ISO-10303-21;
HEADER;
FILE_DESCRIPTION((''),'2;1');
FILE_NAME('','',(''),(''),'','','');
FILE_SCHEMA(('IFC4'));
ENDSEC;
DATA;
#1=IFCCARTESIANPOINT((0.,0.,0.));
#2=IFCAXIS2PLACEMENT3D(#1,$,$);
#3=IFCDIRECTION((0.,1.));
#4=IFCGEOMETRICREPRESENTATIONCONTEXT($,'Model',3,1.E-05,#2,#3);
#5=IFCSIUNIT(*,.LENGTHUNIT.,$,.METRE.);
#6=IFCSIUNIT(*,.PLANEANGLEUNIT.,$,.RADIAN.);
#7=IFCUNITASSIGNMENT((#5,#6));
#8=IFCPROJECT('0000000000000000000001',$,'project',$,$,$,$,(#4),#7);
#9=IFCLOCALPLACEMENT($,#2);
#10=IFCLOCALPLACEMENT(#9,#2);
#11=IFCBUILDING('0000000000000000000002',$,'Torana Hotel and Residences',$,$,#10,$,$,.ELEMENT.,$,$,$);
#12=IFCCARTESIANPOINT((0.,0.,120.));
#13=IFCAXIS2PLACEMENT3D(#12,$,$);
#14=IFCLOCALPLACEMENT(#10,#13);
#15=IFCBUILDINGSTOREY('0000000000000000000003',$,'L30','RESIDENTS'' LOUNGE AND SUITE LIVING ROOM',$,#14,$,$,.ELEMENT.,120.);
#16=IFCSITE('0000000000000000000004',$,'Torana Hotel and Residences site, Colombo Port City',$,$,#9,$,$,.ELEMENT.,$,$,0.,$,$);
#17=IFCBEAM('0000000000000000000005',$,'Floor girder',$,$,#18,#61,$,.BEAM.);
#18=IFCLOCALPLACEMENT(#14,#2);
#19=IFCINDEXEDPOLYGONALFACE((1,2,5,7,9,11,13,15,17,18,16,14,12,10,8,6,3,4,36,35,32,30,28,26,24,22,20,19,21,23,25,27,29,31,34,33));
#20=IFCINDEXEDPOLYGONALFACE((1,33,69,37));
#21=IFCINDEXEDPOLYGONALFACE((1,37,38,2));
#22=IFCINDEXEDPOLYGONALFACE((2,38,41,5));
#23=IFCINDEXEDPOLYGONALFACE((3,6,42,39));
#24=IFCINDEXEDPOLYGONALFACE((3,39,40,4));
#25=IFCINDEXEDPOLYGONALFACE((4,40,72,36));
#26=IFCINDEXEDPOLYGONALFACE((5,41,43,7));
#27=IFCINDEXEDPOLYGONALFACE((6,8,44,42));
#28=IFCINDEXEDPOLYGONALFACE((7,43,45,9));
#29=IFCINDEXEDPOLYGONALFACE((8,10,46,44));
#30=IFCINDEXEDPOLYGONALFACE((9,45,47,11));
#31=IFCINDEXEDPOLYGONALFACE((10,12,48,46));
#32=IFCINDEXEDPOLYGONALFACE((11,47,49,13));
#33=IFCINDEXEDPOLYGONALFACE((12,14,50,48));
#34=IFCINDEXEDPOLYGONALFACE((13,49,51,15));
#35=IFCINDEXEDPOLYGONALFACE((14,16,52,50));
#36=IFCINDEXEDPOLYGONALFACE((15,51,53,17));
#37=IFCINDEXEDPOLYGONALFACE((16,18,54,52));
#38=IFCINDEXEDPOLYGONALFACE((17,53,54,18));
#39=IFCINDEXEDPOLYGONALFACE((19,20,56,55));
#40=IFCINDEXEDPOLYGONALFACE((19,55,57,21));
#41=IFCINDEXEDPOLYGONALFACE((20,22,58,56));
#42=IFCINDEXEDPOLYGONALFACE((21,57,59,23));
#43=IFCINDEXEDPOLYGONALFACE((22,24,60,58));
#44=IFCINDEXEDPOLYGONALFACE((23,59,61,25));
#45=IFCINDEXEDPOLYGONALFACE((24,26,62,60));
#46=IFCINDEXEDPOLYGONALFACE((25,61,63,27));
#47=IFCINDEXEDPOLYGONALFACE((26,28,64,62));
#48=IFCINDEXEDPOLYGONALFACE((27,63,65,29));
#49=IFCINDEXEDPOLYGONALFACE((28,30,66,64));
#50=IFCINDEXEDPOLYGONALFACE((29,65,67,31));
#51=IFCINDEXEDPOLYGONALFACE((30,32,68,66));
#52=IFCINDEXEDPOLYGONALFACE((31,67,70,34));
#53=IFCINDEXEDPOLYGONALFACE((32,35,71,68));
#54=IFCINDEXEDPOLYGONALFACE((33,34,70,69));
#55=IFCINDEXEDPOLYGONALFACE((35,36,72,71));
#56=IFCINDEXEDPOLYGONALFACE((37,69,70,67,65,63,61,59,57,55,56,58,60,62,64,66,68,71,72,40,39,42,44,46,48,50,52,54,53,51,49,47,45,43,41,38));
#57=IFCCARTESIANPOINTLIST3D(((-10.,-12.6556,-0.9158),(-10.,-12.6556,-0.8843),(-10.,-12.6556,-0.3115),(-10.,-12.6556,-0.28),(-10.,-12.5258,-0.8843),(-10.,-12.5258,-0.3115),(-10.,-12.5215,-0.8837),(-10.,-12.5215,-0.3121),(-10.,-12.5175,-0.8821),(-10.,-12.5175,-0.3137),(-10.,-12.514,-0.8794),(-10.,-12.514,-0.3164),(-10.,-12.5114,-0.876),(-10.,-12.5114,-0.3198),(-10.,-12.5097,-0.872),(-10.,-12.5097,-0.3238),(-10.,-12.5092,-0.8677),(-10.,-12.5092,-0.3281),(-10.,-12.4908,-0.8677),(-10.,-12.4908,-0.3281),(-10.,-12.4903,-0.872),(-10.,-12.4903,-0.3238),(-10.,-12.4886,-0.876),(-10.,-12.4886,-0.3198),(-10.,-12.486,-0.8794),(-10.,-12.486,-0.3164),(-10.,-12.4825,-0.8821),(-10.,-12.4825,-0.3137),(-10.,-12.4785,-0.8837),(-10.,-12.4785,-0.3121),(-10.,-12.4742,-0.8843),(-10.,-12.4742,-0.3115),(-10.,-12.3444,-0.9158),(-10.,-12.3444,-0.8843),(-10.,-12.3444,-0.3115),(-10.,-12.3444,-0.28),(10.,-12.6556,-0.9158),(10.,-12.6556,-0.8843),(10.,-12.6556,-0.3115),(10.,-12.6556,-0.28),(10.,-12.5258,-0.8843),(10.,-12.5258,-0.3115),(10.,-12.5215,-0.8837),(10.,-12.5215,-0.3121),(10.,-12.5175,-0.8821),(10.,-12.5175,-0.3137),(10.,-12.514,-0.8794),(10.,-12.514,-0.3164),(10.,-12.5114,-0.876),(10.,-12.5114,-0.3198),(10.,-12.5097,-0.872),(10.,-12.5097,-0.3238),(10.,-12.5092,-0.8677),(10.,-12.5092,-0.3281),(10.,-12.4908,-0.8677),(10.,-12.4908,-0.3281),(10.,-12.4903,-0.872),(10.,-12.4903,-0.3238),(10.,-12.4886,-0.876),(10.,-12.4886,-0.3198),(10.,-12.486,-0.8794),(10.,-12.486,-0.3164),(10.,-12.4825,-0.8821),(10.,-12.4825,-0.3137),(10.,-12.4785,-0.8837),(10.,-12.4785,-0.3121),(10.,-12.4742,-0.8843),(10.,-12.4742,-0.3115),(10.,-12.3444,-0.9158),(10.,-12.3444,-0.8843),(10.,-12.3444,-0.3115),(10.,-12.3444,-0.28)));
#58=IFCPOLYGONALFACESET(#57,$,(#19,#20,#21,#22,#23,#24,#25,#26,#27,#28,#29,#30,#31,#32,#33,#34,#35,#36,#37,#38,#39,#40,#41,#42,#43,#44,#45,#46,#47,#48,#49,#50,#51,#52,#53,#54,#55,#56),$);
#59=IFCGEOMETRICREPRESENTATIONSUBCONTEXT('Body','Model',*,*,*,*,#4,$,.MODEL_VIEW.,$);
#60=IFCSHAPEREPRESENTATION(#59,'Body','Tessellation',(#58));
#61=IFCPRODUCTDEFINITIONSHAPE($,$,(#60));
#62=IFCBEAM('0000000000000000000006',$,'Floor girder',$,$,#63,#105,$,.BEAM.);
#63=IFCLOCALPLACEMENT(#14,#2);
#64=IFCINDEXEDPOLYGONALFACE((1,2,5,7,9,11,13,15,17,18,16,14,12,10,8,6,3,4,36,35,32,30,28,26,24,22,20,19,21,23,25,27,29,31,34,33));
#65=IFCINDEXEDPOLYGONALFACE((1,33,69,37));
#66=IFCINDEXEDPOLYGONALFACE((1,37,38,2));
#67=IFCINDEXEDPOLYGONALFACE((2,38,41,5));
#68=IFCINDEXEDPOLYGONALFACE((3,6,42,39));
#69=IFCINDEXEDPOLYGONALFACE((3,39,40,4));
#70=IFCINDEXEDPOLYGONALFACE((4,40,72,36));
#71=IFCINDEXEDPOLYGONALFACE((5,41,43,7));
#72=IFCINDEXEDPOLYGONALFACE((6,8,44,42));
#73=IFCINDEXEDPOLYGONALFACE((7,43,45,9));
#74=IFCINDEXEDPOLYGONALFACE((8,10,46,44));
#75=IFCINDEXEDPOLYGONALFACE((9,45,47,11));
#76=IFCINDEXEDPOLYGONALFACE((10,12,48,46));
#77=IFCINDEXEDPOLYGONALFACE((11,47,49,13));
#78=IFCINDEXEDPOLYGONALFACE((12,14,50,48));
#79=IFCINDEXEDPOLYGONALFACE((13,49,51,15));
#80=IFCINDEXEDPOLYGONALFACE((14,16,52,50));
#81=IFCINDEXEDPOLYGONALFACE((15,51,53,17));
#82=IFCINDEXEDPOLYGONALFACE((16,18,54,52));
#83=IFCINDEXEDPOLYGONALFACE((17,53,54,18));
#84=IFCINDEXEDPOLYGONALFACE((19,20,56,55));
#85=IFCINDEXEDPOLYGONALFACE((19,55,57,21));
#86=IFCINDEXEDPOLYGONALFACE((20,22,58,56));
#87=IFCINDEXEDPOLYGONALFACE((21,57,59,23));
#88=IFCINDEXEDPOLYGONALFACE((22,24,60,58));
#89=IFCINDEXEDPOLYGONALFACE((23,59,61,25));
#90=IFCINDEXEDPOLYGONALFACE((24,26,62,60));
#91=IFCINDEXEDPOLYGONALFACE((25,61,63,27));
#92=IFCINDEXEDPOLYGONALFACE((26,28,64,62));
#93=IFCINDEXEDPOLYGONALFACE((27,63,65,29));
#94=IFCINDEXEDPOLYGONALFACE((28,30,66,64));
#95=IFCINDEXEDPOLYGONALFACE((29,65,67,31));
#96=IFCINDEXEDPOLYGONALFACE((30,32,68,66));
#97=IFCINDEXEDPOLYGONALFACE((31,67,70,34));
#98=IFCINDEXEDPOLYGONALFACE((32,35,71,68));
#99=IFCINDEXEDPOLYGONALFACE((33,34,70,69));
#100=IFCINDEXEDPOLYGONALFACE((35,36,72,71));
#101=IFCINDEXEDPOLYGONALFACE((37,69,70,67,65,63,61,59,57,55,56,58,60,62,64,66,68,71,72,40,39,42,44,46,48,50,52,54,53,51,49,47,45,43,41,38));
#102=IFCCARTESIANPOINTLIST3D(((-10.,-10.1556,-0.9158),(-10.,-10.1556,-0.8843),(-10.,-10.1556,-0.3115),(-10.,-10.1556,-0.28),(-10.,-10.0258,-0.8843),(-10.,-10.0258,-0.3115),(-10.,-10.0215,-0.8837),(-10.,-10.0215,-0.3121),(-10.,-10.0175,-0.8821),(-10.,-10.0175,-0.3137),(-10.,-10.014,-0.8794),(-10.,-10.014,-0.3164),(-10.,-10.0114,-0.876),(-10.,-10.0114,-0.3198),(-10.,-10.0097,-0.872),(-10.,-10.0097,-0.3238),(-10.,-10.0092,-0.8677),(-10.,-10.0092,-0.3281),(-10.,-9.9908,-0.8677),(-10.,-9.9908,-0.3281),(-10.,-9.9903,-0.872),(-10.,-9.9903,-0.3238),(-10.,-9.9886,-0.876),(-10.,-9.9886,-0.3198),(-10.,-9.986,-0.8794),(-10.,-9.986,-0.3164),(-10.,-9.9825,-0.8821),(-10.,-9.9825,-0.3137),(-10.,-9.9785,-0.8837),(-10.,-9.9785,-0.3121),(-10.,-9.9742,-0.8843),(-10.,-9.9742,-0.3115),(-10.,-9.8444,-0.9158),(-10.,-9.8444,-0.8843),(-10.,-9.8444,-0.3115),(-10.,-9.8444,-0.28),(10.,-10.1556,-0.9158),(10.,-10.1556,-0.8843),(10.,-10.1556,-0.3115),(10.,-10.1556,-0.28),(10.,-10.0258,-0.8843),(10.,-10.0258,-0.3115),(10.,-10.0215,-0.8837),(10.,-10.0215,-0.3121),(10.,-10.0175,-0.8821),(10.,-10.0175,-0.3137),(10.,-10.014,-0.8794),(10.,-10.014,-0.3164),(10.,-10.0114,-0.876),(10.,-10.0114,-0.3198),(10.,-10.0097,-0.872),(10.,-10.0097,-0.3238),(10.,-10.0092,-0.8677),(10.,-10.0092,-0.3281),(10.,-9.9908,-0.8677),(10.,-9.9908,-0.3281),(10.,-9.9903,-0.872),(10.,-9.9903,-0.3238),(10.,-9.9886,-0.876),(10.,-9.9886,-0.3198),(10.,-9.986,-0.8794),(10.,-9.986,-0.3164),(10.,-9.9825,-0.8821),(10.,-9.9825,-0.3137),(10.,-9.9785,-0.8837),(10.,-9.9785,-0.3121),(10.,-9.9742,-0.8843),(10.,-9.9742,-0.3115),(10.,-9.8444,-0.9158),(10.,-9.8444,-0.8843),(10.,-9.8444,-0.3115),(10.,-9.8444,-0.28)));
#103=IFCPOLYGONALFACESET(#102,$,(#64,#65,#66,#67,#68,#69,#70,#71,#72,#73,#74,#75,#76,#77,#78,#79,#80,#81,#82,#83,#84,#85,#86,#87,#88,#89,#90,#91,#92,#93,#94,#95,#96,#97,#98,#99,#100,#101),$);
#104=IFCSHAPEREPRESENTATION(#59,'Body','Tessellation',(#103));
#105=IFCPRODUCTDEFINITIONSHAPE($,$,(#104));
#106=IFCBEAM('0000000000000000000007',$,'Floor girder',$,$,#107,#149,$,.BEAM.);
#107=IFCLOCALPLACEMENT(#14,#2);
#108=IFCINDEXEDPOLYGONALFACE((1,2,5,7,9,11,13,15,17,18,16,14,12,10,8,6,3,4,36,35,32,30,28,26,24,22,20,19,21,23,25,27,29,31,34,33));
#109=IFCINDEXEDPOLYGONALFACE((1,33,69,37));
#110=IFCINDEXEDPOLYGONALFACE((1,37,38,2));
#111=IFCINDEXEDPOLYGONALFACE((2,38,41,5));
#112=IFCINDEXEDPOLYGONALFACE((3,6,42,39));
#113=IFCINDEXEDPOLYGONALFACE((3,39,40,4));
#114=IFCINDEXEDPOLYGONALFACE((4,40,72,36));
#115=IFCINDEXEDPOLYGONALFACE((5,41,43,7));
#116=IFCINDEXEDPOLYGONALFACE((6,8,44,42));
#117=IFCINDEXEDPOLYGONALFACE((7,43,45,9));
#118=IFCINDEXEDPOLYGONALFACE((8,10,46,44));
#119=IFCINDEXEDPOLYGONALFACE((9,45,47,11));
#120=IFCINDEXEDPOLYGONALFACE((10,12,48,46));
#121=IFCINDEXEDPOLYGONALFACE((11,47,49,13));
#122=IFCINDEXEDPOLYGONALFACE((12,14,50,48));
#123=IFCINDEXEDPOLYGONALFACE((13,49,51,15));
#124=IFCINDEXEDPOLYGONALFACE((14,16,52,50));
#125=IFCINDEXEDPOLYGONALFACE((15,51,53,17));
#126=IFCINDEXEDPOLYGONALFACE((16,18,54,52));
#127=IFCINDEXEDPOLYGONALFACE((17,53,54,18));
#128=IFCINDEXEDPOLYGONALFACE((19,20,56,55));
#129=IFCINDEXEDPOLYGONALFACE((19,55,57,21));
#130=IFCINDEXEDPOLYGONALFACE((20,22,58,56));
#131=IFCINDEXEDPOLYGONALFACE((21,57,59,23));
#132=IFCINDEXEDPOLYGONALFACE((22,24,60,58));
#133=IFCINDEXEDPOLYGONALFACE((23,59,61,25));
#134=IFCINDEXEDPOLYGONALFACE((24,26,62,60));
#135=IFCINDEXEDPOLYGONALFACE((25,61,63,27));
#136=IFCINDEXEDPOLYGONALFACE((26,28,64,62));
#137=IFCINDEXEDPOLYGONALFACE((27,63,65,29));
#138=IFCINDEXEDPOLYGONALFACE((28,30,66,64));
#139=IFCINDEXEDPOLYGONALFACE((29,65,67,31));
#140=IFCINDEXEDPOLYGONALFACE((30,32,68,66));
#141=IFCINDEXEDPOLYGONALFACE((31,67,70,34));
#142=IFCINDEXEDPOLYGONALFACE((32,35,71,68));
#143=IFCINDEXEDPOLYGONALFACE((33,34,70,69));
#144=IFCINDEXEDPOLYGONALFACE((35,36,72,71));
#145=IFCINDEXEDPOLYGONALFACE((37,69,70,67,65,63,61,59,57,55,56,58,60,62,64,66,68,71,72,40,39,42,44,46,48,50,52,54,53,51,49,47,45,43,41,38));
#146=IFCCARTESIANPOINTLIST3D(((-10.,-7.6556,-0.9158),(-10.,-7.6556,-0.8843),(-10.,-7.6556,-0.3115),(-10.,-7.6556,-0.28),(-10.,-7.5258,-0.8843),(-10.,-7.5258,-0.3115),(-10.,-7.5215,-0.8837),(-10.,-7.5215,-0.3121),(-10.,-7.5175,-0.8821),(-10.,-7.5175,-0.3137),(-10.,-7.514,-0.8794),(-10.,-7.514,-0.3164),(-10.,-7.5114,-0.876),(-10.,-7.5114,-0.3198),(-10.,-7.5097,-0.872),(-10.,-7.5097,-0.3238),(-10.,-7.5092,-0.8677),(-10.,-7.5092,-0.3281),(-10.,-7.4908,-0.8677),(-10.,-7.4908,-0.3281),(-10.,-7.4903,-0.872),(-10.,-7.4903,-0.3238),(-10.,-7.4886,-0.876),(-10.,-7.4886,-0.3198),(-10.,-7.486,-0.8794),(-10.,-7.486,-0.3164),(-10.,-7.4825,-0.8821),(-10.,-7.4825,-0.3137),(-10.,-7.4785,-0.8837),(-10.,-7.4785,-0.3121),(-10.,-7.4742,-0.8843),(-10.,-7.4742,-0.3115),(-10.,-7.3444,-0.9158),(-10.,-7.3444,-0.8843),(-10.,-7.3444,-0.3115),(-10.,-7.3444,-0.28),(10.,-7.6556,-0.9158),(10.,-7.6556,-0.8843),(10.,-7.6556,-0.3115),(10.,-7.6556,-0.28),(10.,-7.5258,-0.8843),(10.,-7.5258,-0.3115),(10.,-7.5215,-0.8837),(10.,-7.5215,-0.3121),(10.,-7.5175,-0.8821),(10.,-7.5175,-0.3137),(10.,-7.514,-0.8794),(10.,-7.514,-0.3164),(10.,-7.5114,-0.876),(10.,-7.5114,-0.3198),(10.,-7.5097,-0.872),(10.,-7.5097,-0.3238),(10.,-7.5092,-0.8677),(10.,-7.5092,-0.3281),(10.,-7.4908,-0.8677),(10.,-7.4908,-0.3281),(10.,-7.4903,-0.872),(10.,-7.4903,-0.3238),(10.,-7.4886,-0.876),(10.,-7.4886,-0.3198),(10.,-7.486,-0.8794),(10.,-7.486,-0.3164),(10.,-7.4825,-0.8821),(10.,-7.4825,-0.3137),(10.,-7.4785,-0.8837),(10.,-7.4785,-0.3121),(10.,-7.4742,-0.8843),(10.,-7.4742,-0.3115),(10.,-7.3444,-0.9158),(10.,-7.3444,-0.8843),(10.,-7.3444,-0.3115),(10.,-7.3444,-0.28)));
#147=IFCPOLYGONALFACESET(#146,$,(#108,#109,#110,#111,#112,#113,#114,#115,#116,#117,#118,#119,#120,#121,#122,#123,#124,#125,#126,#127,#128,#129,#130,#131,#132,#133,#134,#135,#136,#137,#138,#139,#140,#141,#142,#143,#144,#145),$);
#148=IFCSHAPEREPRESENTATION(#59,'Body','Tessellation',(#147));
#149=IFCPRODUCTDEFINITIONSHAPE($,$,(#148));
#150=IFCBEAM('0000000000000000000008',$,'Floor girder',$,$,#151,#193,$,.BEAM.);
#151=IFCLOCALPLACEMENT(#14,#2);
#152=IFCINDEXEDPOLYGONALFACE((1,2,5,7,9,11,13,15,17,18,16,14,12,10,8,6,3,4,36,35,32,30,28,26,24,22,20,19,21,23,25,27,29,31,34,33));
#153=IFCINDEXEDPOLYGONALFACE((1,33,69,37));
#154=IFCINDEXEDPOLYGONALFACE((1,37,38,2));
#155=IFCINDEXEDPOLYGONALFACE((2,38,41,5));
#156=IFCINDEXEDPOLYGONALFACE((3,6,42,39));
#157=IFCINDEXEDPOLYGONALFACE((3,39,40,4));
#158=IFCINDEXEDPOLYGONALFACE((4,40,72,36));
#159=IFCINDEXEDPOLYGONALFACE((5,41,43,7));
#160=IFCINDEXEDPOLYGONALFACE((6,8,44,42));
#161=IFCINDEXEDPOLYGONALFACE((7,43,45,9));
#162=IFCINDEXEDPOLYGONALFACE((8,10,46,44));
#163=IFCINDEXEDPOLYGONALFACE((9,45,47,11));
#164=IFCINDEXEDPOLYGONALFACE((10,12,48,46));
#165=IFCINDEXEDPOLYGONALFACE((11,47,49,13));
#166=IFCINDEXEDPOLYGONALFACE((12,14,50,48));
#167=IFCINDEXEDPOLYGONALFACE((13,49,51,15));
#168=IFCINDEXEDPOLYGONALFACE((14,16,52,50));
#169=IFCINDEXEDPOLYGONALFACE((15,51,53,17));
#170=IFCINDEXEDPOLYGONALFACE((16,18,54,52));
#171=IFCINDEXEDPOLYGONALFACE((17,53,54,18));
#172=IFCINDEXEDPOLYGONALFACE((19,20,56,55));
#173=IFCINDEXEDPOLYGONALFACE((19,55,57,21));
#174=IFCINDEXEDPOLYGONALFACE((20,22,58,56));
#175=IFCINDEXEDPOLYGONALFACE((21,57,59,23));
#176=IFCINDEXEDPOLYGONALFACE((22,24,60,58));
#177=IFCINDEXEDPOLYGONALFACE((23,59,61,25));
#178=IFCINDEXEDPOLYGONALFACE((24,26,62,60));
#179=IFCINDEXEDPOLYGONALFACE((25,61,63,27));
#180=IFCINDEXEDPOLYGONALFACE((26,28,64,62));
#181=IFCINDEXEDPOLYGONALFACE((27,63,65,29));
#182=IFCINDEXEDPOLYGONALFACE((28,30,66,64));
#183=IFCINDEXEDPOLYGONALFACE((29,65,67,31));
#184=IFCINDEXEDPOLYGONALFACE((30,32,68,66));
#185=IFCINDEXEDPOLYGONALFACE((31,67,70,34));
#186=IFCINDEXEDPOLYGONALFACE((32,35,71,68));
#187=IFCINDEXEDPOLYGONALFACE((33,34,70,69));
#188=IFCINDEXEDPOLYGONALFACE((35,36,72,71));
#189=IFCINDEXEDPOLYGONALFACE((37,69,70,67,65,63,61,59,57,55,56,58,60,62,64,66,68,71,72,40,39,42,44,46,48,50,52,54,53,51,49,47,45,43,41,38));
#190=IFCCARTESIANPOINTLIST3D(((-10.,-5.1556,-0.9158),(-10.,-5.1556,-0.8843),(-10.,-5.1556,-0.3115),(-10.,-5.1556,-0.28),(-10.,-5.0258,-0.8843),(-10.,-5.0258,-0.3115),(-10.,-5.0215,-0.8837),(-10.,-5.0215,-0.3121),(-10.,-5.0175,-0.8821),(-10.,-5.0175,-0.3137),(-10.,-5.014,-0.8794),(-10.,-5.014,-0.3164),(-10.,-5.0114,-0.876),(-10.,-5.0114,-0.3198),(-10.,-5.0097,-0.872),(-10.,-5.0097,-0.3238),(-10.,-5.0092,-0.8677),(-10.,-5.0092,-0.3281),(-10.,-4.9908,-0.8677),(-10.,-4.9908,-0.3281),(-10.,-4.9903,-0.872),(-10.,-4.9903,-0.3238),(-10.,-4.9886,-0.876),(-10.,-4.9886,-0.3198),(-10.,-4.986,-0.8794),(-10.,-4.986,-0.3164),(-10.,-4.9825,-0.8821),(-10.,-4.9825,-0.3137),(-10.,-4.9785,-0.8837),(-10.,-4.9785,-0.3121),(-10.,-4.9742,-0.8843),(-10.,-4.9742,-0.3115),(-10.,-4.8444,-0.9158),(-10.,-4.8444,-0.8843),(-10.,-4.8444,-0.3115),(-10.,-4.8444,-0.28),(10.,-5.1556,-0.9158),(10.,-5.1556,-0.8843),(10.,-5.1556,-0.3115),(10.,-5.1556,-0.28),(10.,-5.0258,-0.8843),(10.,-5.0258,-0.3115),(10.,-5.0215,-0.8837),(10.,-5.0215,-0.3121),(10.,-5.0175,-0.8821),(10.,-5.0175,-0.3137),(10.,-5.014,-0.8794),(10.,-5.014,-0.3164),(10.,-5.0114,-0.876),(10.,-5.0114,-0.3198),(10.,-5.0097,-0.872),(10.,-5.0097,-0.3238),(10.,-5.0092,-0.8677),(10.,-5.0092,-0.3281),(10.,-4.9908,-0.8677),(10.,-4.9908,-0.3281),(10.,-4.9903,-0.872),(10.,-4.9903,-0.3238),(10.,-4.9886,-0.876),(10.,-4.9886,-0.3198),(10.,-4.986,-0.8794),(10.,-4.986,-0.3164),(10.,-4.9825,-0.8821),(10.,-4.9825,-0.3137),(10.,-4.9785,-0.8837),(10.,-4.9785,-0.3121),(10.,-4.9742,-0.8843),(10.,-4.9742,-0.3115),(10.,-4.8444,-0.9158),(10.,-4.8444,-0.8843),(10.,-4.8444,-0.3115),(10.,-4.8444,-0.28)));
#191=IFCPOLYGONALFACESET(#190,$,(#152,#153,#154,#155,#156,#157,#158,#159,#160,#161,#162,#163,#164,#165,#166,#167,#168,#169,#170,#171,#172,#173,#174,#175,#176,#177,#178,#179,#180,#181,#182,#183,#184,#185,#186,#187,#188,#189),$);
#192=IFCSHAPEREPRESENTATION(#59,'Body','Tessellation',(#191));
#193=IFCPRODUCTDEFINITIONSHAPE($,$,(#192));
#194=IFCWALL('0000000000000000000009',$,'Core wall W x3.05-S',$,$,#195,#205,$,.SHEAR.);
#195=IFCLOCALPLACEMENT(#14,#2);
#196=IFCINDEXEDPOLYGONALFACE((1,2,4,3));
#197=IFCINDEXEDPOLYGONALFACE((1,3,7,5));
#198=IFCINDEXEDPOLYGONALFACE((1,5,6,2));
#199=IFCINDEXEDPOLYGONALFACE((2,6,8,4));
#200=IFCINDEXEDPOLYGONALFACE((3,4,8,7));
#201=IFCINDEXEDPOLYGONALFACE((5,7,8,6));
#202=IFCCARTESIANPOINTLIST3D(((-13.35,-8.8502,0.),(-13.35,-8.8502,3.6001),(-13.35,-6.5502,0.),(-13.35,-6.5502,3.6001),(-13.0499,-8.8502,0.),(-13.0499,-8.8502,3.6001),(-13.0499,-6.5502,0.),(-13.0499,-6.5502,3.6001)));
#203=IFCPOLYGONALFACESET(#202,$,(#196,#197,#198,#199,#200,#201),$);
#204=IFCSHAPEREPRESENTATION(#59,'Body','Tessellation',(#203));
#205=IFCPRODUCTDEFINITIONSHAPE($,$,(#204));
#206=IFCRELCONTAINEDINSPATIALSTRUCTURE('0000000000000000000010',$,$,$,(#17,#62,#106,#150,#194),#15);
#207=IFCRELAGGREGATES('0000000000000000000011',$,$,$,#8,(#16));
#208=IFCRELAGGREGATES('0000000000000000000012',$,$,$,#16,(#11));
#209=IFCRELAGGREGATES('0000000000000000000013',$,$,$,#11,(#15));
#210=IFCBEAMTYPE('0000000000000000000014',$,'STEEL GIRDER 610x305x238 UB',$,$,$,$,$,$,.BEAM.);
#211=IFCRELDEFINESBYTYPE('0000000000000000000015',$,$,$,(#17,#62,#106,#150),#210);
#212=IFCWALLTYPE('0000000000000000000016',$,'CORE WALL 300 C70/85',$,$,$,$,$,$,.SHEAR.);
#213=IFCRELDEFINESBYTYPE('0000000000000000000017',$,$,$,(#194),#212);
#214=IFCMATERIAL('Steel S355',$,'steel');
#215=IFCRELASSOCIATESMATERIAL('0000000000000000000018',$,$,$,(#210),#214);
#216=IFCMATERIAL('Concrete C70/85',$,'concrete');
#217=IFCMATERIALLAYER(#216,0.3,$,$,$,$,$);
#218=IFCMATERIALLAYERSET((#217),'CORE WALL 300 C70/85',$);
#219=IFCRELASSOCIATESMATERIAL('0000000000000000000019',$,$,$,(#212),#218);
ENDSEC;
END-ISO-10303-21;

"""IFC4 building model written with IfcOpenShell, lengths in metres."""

from ifc_helpers import new_model, si_unit, direction, frame, frame_2d, origin, origin_2d, place, context, subcontext, project, spatial, rectangle, i_section, extrude, material, layer, layer_set, material_profile, profile_set, type_object, element, save


model = new_model("IFC4")

# Units and contexts
model_context = context("Model", 3, precision=1e-05, world=origin(), true_north=direction((0.0, 1.0)))
body_context = subcontext(model_context, "Body", "Model", "MODEL_VIEW")
ifc_project = project(units=[si_unit("LENGTHUNIT", "METRE"), si_unit("PLANEANGLEUNIT", "RADIAN")], contexts=[model_context])

# Site, building, storey
site_placement = place(None, origin())
site = spatial("IfcSite", under=ifc_project, at=site_placement, Name="Torana Hotel and Residences site, Colombo Port City", CompositionType="ELEMENT", RefElevation=0.0)
building_placement = place(site_placement, origin())
building = spatial("IfcBuilding", under=site, at=building_placement, Name="Torana Hotel and Residences", CompositionType="ELEMENT")
storey_placement = place(building_placement, frame((0.0, 0.0, 120.0)))
storey = spatial("IfcBuildingStorey", under=building, at=storey_placement, Name="L30", Description="RESIDENTS' LOUNGE AND SUITE LIVING ROOM", CompositionType="ELEMENT", Elevation=120.0)

# Beams
ifc_material_1 = material(Name="Steel S355", Category="steel")
ifc_material_profile = material_profile(ifc_material_1, i_section(OverallWidth=0.3113, OverallDepth=0.6357, WebThickness=0.0183, FlangeThickness=0.0315, FilletRadius=0.0166, at=origin_2d()), Name="610x305x238 UB")
ifc_profile_set = profile_set([ifc_material_profile], Name="Steel S355")
beam_type = type_object("IfcBeamType", Name="STEEL GIRDER 610x305x238 UB", PredefinedType="BEAM", material=ifc_profile_set)
for number, where, z_axis, x_axis, name in (
    (1, (-10.0, -12.5, -0.5979), (1.0, 0.0, 0.0), (0.0, 1.0, 0.0), "Floor girder"),
    (2, (-10.0, -10.0, -0.5979), (1.0, 0.0, 0.0), (0.0, 1.0, 0.0), "Floor girder"),
    (3, (-10.0, -7.5, -0.5979), (1.0, 0.0, 0.0), (0.0, 1.0, 0.0), "Floor girder"),
    (4, (-10.0, -5.0, -0.5979), (1.0, 0.0, 0.0), (0.0, 1.0, 0.0), "Floor girder"),
):
    element("IfcBeam", number, at=place(storey_placement, frame(where, z_axis=z_axis, x_axis=x_axis)), inside=storey, type_object=beam_type, Name=name, PredefinedType="BEAM", context=body_context, shape_type="SweptSolid", body=[
        extrude(i_section(OverallWidth=0.3113, OverallDepth=0.6357, WebThickness=0.0183, FlangeThickness=0.0315, FilletRadius=0.0166, at=origin_2d()), origin(), (0.0, 0.0, 1.0), 20.0),
    ])

# Wall
ifc_material_2 = material(Name="Concrete C70/85", Category="concrete")
ifc_layer_1 = layer(ifc_material_2, 0.3)
ifc_layer_set_1 = layer_set([ifc_layer_1], Name="CORE WALL 300 C70/85")
wall_type_1 = type_object("IfcWallType", Name="CORE WALL 300 C70/85", PredefinedType="SHEAR", material=ifc_layer_set_1)
wall_1_placement = place(storey_placement, frame((-13.2, -8.8501, 0.0), z_axis=(0.0, 0.0, 1.0), x_axis=(0.0, 1.0, 0.0)))
element("IfcWall", 5, at=wall_1_placement, inside=storey, type_object=wall_type_1, Name="Core wall W x3.05-S", PredefinedType="SHEAR", context=body_context, shape_type="SweptSolid", body=[
    extrude(rectangle(XDim=2.3, YDim=0.3, at=frame_2d((1.1499, 0.0))), origin(), (0.0, 0.0, 1.0), 3.6001),
])

save(model, "model.ifc")
